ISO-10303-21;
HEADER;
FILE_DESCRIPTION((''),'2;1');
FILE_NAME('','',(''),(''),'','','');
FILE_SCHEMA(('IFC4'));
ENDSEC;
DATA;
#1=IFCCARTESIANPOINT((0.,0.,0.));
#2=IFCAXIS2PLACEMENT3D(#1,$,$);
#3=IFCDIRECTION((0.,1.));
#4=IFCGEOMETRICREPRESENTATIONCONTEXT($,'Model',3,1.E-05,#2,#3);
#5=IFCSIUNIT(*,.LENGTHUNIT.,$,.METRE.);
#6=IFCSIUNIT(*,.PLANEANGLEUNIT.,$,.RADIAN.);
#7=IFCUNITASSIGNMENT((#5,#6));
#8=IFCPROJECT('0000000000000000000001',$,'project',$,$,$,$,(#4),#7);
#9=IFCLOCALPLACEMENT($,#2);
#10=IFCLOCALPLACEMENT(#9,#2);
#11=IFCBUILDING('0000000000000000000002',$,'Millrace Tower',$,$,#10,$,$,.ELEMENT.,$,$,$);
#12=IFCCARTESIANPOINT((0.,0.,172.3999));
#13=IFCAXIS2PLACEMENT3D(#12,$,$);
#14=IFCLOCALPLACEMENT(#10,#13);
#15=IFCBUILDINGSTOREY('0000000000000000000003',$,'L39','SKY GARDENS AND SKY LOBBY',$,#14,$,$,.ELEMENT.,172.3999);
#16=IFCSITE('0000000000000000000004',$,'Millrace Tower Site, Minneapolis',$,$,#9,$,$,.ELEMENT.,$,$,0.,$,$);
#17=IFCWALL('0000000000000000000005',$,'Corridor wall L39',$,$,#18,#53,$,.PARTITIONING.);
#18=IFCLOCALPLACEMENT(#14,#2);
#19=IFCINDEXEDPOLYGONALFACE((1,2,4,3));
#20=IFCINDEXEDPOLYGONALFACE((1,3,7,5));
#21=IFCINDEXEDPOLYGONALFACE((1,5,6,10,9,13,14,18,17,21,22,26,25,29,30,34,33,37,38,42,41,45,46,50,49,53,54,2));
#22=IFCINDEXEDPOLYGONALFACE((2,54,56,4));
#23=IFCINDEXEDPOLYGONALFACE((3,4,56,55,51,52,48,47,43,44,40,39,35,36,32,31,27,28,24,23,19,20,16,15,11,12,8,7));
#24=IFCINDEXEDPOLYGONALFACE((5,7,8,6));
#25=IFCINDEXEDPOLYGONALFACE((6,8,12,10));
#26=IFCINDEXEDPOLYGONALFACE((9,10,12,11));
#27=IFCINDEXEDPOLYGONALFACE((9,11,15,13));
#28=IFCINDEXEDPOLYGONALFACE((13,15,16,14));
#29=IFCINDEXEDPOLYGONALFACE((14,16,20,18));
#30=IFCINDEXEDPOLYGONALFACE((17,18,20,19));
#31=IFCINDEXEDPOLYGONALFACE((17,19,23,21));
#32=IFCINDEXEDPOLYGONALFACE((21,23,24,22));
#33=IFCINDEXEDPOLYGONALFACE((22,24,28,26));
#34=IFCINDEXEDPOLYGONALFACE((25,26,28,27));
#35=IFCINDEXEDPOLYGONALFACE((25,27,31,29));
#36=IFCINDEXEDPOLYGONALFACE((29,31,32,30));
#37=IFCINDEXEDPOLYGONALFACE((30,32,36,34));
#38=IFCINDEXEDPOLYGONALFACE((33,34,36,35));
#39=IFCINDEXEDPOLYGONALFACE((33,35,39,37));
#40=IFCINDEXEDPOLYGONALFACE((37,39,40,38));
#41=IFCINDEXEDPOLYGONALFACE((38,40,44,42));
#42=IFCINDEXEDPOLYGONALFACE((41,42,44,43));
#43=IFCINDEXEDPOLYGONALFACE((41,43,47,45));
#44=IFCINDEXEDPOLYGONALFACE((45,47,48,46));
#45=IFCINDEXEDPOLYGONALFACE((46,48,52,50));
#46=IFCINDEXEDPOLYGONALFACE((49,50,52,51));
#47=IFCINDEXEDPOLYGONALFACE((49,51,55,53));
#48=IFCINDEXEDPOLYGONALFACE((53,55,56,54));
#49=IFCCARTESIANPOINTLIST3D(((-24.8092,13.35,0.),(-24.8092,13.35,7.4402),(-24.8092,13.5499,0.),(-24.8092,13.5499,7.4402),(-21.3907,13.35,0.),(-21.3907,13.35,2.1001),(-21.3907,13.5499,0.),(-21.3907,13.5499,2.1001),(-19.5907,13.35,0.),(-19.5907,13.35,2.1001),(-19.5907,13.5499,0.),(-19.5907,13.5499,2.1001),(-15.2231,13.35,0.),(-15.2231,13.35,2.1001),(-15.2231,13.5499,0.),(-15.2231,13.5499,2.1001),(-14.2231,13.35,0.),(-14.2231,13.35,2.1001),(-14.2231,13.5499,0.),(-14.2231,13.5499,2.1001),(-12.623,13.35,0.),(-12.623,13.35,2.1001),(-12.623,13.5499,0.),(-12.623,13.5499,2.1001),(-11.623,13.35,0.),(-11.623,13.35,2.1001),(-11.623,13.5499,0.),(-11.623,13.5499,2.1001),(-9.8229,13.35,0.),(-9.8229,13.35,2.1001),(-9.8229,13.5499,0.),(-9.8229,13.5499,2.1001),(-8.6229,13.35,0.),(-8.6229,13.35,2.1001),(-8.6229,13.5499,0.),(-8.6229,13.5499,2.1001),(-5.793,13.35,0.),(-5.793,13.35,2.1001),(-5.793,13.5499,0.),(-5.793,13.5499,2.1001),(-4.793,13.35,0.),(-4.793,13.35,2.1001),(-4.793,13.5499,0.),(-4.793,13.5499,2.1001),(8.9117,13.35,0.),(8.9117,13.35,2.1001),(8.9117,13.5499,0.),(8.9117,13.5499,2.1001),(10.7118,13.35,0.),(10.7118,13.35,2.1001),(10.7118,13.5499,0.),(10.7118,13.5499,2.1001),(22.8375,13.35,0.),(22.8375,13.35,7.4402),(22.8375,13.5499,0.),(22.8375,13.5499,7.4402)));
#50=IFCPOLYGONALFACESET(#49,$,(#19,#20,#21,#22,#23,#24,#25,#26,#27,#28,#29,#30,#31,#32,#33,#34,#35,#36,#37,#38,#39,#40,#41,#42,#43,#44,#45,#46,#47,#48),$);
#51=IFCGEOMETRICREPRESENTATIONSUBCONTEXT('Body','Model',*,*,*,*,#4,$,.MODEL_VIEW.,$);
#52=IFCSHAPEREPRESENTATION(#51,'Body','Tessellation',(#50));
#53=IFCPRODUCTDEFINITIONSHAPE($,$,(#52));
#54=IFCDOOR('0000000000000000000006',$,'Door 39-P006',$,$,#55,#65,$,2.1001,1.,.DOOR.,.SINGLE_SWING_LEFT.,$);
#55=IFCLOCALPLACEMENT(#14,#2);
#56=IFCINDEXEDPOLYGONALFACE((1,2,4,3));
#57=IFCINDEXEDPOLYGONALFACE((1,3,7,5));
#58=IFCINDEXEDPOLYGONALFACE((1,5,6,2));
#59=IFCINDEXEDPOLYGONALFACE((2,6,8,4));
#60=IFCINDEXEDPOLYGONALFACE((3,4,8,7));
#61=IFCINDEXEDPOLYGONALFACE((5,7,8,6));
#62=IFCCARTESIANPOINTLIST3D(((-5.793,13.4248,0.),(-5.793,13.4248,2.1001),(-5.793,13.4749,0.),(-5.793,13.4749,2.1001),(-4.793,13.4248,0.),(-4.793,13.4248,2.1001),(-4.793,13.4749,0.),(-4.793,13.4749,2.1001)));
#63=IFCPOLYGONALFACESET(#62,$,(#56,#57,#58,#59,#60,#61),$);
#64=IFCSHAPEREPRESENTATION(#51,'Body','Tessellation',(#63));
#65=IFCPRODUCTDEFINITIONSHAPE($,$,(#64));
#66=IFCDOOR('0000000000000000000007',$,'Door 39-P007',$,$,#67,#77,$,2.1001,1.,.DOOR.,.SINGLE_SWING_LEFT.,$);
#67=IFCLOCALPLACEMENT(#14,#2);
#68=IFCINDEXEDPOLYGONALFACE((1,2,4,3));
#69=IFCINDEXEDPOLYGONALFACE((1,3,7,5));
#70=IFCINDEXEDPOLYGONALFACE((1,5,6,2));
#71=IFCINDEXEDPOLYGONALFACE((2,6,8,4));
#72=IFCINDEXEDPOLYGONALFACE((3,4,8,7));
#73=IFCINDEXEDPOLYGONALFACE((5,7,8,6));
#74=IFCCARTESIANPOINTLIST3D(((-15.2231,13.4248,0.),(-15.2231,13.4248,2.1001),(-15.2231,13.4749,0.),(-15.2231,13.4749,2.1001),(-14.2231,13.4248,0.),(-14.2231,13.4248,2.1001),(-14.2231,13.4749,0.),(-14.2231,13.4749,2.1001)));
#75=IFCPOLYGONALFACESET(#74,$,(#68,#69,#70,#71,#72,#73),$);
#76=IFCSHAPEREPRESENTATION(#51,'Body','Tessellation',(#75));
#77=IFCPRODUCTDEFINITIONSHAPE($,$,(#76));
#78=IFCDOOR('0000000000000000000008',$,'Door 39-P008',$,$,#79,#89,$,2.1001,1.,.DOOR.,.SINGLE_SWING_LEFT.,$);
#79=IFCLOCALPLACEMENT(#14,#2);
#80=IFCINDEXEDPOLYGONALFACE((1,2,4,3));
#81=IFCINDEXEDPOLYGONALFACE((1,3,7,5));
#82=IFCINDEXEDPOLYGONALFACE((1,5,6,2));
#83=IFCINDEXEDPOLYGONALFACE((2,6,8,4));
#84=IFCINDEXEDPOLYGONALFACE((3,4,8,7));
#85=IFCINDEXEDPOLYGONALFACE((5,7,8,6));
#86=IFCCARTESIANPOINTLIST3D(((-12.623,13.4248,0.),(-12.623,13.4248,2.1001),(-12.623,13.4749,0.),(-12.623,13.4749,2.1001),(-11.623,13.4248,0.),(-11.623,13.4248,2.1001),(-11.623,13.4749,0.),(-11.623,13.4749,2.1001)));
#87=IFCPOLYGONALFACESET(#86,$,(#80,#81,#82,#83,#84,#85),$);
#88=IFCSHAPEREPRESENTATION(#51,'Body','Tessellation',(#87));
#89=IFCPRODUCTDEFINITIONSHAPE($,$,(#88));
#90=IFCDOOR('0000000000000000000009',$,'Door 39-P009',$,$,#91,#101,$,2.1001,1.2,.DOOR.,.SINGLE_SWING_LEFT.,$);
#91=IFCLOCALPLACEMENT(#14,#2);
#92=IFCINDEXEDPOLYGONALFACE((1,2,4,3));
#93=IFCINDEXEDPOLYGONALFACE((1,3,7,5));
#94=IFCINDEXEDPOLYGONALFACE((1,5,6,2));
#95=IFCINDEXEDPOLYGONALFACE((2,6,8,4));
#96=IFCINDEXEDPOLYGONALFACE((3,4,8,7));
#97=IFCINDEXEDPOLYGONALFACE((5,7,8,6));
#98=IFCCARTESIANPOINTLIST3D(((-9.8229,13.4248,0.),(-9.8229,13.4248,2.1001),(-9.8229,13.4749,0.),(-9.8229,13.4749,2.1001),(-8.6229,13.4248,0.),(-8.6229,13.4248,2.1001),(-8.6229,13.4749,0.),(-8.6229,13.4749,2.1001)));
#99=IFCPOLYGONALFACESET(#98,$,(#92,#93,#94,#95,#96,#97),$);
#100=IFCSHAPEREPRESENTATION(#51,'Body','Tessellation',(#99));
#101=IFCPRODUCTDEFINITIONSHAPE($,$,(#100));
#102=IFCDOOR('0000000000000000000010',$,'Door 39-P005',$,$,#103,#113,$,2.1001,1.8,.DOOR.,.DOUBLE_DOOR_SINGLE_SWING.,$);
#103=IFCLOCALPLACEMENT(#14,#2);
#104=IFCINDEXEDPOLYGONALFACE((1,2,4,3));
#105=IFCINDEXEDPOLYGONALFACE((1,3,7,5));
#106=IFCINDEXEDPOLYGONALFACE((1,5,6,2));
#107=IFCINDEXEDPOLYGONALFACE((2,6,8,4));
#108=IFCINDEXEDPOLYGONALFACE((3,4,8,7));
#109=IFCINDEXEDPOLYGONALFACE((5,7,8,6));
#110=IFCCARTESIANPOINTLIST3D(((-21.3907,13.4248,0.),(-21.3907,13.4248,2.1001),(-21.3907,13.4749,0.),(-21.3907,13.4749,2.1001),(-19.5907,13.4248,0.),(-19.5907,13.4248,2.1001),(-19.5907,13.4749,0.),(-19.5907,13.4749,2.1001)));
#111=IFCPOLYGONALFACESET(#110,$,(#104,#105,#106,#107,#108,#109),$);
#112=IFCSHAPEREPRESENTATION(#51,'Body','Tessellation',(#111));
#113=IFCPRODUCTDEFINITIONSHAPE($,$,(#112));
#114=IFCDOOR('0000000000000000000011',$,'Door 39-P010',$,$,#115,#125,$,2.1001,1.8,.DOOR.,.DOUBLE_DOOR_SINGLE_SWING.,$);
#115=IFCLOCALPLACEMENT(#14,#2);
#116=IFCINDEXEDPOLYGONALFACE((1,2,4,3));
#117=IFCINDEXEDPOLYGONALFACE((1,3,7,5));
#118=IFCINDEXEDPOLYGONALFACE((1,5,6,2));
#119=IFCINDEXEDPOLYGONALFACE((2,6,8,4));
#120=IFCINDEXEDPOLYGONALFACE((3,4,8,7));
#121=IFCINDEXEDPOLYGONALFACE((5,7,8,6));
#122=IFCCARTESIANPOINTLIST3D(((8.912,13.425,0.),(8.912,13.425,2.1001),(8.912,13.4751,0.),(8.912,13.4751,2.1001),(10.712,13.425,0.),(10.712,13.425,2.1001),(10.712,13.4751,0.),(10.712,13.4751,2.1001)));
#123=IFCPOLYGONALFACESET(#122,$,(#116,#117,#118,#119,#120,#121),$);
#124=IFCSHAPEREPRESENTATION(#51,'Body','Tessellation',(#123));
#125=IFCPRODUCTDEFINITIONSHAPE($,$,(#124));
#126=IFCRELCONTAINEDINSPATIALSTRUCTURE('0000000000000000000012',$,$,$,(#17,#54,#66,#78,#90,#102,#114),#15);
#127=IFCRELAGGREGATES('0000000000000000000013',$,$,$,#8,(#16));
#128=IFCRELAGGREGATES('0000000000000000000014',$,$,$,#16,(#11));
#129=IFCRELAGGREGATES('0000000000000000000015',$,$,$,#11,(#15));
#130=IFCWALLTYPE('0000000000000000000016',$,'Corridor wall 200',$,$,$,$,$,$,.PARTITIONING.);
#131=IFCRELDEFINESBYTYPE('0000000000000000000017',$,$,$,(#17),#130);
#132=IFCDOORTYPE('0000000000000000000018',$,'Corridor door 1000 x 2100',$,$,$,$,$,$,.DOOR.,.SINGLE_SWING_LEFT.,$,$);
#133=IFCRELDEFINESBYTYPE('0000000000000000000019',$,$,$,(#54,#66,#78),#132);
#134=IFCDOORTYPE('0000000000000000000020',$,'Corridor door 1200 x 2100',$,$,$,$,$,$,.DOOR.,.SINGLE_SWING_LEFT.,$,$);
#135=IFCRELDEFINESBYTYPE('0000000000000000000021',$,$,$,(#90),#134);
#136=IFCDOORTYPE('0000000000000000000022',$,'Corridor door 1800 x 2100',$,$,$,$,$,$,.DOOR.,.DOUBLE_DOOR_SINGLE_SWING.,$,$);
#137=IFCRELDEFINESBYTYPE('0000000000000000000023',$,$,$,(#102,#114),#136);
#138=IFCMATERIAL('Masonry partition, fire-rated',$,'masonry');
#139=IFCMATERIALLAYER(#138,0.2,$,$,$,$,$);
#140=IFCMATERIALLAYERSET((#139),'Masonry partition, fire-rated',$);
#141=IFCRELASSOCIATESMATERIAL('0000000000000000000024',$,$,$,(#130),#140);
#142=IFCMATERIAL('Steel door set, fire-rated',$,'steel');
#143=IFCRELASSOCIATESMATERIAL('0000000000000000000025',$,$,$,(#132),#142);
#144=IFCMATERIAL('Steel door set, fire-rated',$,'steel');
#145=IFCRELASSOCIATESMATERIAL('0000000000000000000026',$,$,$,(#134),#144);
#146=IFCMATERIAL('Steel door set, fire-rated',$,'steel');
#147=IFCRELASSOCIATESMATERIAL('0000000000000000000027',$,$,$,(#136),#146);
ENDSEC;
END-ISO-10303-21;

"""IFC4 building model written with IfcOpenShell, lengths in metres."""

from ifc_helpers import new_model, si_unit, direction, frame, frame_2d, origin, place, context, subcontext, project, spatial, rectangle, extrude, material, layer, layer_set, type_object, element, fill, save


model = new_model("IFC4")

# Units and contexts
model_context = context("Model", 3, precision=1e-05, world=origin(), true_north=direction((0.0, 1.0)))
body_context = subcontext(model_context, "Body", "Model", "MODEL_VIEW")
ifc_project = project(units=[si_unit("LENGTHUNIT", "METRE"), si_unit("PLANEANGLEUNIT", "RADIAN")], contexts=[model_context])

# Site, building, storey
site_placement = place(None, origin())
site = spatial("IfcSite", under=ifc_project, at=site_placement, Name="Millrace Tower Site, Minneapolis", CompositionType="ELEMENT", RefElevation=0.0)
building_placement = place(site_placement, origin())
building = spatial("IfcBuilding", under=site, at=building_placement, Name="Millrace Tower", CompositionType="ELEMENT")
storey_placement = place(building_placement, frame((0.0, 0.0, 172.3999)))
storey = spatial("IfcBuildingStorey", under=building, at=storey_placement, Name="L39", Description="SKY GARDENS AND SKY LOBBY", CompositionType="ELEMENT", Elevation=172.3999)

# Wall, openings, doors
ifc_material_1 = material(Name="Masonry partition, fire-rated", Category="masonry")
ifc_layer_1 = layer(ifc_material_1, 0.2)
ifc_layer_set_1 = layer_set([ifc_layer_1], Name="Masonry partition, fire-rated")
wall_type = type_object("IfcWallType", Name="Corridor wall 200", PredefinedType="PARTITIONING", material=ifc_layer_set_1)
wall_placement = place(storey_placement, frame((-24.8091, 13.45, 0.0), z_axis=(0.0, 0.0, 1.0), x_axis=(1.0, 0.0, 0.0)))
wall = element("IfcWall", 1, at=wall_placement, inside=storey, type_object=wall_type, Name="Corridor wall L39", PredefinedType="PARTITIONING", context=body_context, shape_type="SweptSolid", body=[
    extrude(rectangle(XDim=47.6467, YDim=0.2, at=frame_2d((23.8232, 0.0))), origin(), (0.0, 0.0, 1.0), 7.4402),
])
opening_1_placement = place(wall_placement, frame((3.4185, 0.0, 0.0)))
opening_1 = element("IfcOpeningElement", 2, at=opening_1_placement, cuts=wall, PredefinedType="OPENING", context=body_context, shape_type="SweptSolid", body=[
    extrude(rectangle(XDim=1.8, YDim=2.1001, at=frame_2d((0.8999, 1.05))), frame((0.0, 0.1099, 0.0), z_axis=(0.0, -1.0, 0.0), x_axis=(1.0, 0.0, 0.0)), (0.0, 0.0, 1.0), 0.22),
])
opening_2_placement = place(wall_placement, frame((19.0161, 0.0, 0.0)))
opening_2 = element("IfcOpeningElement", 3, at=opening_2_placement, cuts=wall, PredefinedType="OPENING", context=body_context, shape_type="SweptSolid", body=[
    extrude(rectangle(XDim=1.0, YDim=2.1001, at=frame_2d((0.5, 1.05))), frame((0.0, 0.1099, 0.0), z_axis=(0.0, -1.0, 0.0), x_axis=(1.0, 0.0, 0.0)), (0.0, 0.0, 1.0), 0.22),
])
opening_3_placement = place(wall_placement, frame((9.5859, 0.0, 0.0)))
opening_3 = element("IfcOpeningElement", 4, at=opening_3_placement, cuts=wall, PredefinedType="OPENING", context=body_context, shape_type="SweptSolid", body=[
    extrude(rectangle(XDim=1.0, YDim=2.1001, at=frame_2d((0.5, 1.05))), frame((0.0, 0.1099, 0.0), z_axis=(0.0, -1.0, 0.0), x_axis=(1.0, 0.0, 0.0)), (0.0, 0.0, 1.0), 0.22),
])
opening_4_placement = place(wall_placement, frame((12.186, 0.0, 0.0)))
opening_4 = element("IfcOpeningElement", 5, at=opening_4_placement, cuts=wall, PredefinedType="OPENING", context=body_context, shape_type="SweptSolid", body=[
    extrude(rectangle(XDim=1.0, YDim=2.1001, at=frame_2d((0.5, 1.05))), frame((0.0, 0.1099, 0.0), z_axis=(0.0, -1.0, 0.0), x_axis=(1.0, 0.0, 0.0)), (0.0, 0.0, 1.0), 0.22),
])
opening_5_placement = place(wall_placement, frame((14.9861, 0.0, 0.0)))
opening_5 = element("IfcOpeningElement", 6, at=opening_5_placement, cuts=wall, PredefinedType="OPENING", context=body_context, shape_type="SweptSolid", body=[
    extrude(rectangle(XDim=1.2, YDim=2.1001, at=frame_2d((0.6001, 1.05))), frame((0.0, 0.1099, 0.0), z_axis=(0.0, -1.0, 0.0), x_axis=(1.0, 0.0, 0.0)), (0.0, 0.0, 1.0), 0.22),
])
opening_6_placement = place(wall_placement, frame((33.7209, 0.0, 0.0)))
opening_6 = element("IfcOpeningElement", 7, at=opening_6_placement, cuts=wall, PredefinedType="OPENING", context=body_context, shape_type="SweptSolid", body=[
    extrude(rectangle(XDim=1.8, YDim=2.1001, at=frame_2d((0.8999, 1.05))), frame((0.0, 0.1099, 0.0), z_axis=(0.0, -1.0, 0.0), x_axis=(1.0, 0.0, 0.0)), (0.0, 0.0, 1.0), 0.22),
])
ifc_material_2 = material(Name="Steel door set, fire-rated", Category="steel")
door_type_1 = type_object("IfcDoorType", Name="Corridor door 1000 x 2100", OperationType="SINGLE_SWING_LEFT", PredefinedType="DOOR", material=ifc_material_2)
door_1_placement = place(opening_2_placement, origin())
door_1 = element("IfcDoor", 8, at=door_1_placement, inside=storey, type_object=door_type_1, Name="Door 39-P006", OperationType="SINGLE_SWING_LEFT", OverallHeight=2.1001, OverallWidth=1.0, PredefinedType="DOOR", context=body_context, shape_type="SweptSolid", body=[
    extrude(rectangle(XDim=1.0, YDim=2.1001, at=frame_2d((0.5, 1.05))), frame((0.0, 0.0249, 0.0), z_axis=(0.0, -1.0, 0.0), x_axis=(1.0, 0.0, 0.0)), (0.0, 0.0, 1.0), 0.05),
])
fill(opening_2, door_1)
door_2_placement = place(opening_3_placement, origin())
door_2 = element("IfcDoor", 9, at=door_2_placement, inside=storey, type_object=door_type_1, Name="Door 39-P007", OperationType="SINGLE_SWING_LEFT", OverallHeight=2.1001, OverallWidth=1.0, PredefinedType="DOOR", context=body_context, shape_type="SweptSolid", body=[
    extrude(rectangle(XDim=1.0, YDim=2.1001, at=frame_2d((0.5, 1.05))), frame((0.0, 0.0249, 0.0), z_axis=(0.0, -1.0, 0.0), x_axis=(1.0, 0.0, 0.0)), (0.0, 0.0, 1.0), 0.05),
])
fill(opening_3, door_2)
door_3_placement = place(opening_4_placement, origin())
door_3 = element("IfcDoor", 10, at=door_3_placement, inside=storey, type_object=door_type_1, Name="Door 39-P008", OperationType="SINGLE_SWING_LEFT", OverallHeight=2.1001, OverallWidth=1.0, PredefinedType="DOOR", context=body_context, shape_type="SweptSolid", body=[
    extrude(rectangle(XDim=1.0, YDim=2.1001, at=frame_2d((0.5, 1.05))), frame((0.0, 0.0249, 0.0), z_axis=(0.0, -1.0, 0.0), x_axis=(1.0, 0.0, 0.0)), (0.0, 0.0, 1.0), 0.05),
])
fill(opening_4, door_3)
ifc_material_3 = material(Name="Steel door set, fire-rated", Category="steel")
door_type_2 = type_object("IfcDoorType", Name="Corridor door 1200 x 2100", OperationType="SINGLE_SWING_LEFT", PredefinedType="DOOR", material=ifc_material_3)
door_4_placement = place(opening_5_placement, origin())
door_4 = element("IfcDoor", 11, at=door_4_placement, inside=storey, type_object=door_type_2, Name="Door 39-P009", OperationType="SINGLE_SWING_LEFT", OverallHeight=2.1001, OverallWidth=1.2, PredefinedType="DOOR", context=body_context, shape_type="SweptSolid", body=[
    extrude(rectangle(XDim=1.2, YDim=2.1001, at=frame_2d((0.6001, 1.05))), frame((0.0, 0.0249, 0.0), z_axis=(0.0, -1.0, 0.0), x_axis=(1.0, 0.0, 0.0)), (0.0, 0.0, 1.0), 0.05),
])
fill(opening_5, door_4)
ifc_material_4 = material(Name="Steel door set, fire-rated", Category="steel")
door_type_3 = type_object("IfcDoorType", Name="Corridor door 1800 x 2100", OperationType="DOUBLE_DOOR_SINGLE_SWING", PredefinedType="DOOR", material=ifc_material_4)
door_5_placement = place(opening_1_placement, origin())
door_5 = element("IfcDoor", 12, at=door_5_placement, inside=storey, type_object=door_type_3, Name="Door 39-P005", OperationType="DOUBLE_DOOR_SINGLE_SWING", OverallHeight=2.1001, OverallWidth=1.8, PredefinedType="DOOR", context=body_context, shape_type="SweptSolid", body=[
    extrude(rectangle(XDim=1.8, YDim=2.1001, at=frame_2d((0.8999, 1.05))), frame((0.0, 0.0249, 0.0), z_axis=(0.0, -1.0, 0.0), x_axis=(1.0, 0.0, 0.0)), (0.0, 0.0, 1.0), 0.05),
])
fill(opening_1, door_5)
door_6_placement = place(opening_6_placement, frame((1.8, 0.0, 0.0), z_axis=(0.0, 0.0, 1.0), x_axis=(-1.0, 0.0, 0.0)))
door_6 = element("IfcDoor", 13, at=door_6_placement, inside=storey, type_object=door_type_3, Name="Door 39-P010", OperationType="DOUBLE_DOOR_SINGLE_SWING", OverallHeight=2.1001, OverallWidth=1.8, PredefinedType="DOOR", context=body_context, shape_type="SweptSolid", body=[
    extrude(rectangle(XDim=1.8, YDim=2.1001, at=frame_2d((0.8999, 1.05))), frame((0.0, 0.0249, 0.0), z_axis=(0.0, -1.0, 0.0), x_axis=(1.0, 0.0, 0.0)), (0.0, 0.0, 1.0), 0.05),
])
fill(opening_6, door_6)

save(model, "model.ifc")
